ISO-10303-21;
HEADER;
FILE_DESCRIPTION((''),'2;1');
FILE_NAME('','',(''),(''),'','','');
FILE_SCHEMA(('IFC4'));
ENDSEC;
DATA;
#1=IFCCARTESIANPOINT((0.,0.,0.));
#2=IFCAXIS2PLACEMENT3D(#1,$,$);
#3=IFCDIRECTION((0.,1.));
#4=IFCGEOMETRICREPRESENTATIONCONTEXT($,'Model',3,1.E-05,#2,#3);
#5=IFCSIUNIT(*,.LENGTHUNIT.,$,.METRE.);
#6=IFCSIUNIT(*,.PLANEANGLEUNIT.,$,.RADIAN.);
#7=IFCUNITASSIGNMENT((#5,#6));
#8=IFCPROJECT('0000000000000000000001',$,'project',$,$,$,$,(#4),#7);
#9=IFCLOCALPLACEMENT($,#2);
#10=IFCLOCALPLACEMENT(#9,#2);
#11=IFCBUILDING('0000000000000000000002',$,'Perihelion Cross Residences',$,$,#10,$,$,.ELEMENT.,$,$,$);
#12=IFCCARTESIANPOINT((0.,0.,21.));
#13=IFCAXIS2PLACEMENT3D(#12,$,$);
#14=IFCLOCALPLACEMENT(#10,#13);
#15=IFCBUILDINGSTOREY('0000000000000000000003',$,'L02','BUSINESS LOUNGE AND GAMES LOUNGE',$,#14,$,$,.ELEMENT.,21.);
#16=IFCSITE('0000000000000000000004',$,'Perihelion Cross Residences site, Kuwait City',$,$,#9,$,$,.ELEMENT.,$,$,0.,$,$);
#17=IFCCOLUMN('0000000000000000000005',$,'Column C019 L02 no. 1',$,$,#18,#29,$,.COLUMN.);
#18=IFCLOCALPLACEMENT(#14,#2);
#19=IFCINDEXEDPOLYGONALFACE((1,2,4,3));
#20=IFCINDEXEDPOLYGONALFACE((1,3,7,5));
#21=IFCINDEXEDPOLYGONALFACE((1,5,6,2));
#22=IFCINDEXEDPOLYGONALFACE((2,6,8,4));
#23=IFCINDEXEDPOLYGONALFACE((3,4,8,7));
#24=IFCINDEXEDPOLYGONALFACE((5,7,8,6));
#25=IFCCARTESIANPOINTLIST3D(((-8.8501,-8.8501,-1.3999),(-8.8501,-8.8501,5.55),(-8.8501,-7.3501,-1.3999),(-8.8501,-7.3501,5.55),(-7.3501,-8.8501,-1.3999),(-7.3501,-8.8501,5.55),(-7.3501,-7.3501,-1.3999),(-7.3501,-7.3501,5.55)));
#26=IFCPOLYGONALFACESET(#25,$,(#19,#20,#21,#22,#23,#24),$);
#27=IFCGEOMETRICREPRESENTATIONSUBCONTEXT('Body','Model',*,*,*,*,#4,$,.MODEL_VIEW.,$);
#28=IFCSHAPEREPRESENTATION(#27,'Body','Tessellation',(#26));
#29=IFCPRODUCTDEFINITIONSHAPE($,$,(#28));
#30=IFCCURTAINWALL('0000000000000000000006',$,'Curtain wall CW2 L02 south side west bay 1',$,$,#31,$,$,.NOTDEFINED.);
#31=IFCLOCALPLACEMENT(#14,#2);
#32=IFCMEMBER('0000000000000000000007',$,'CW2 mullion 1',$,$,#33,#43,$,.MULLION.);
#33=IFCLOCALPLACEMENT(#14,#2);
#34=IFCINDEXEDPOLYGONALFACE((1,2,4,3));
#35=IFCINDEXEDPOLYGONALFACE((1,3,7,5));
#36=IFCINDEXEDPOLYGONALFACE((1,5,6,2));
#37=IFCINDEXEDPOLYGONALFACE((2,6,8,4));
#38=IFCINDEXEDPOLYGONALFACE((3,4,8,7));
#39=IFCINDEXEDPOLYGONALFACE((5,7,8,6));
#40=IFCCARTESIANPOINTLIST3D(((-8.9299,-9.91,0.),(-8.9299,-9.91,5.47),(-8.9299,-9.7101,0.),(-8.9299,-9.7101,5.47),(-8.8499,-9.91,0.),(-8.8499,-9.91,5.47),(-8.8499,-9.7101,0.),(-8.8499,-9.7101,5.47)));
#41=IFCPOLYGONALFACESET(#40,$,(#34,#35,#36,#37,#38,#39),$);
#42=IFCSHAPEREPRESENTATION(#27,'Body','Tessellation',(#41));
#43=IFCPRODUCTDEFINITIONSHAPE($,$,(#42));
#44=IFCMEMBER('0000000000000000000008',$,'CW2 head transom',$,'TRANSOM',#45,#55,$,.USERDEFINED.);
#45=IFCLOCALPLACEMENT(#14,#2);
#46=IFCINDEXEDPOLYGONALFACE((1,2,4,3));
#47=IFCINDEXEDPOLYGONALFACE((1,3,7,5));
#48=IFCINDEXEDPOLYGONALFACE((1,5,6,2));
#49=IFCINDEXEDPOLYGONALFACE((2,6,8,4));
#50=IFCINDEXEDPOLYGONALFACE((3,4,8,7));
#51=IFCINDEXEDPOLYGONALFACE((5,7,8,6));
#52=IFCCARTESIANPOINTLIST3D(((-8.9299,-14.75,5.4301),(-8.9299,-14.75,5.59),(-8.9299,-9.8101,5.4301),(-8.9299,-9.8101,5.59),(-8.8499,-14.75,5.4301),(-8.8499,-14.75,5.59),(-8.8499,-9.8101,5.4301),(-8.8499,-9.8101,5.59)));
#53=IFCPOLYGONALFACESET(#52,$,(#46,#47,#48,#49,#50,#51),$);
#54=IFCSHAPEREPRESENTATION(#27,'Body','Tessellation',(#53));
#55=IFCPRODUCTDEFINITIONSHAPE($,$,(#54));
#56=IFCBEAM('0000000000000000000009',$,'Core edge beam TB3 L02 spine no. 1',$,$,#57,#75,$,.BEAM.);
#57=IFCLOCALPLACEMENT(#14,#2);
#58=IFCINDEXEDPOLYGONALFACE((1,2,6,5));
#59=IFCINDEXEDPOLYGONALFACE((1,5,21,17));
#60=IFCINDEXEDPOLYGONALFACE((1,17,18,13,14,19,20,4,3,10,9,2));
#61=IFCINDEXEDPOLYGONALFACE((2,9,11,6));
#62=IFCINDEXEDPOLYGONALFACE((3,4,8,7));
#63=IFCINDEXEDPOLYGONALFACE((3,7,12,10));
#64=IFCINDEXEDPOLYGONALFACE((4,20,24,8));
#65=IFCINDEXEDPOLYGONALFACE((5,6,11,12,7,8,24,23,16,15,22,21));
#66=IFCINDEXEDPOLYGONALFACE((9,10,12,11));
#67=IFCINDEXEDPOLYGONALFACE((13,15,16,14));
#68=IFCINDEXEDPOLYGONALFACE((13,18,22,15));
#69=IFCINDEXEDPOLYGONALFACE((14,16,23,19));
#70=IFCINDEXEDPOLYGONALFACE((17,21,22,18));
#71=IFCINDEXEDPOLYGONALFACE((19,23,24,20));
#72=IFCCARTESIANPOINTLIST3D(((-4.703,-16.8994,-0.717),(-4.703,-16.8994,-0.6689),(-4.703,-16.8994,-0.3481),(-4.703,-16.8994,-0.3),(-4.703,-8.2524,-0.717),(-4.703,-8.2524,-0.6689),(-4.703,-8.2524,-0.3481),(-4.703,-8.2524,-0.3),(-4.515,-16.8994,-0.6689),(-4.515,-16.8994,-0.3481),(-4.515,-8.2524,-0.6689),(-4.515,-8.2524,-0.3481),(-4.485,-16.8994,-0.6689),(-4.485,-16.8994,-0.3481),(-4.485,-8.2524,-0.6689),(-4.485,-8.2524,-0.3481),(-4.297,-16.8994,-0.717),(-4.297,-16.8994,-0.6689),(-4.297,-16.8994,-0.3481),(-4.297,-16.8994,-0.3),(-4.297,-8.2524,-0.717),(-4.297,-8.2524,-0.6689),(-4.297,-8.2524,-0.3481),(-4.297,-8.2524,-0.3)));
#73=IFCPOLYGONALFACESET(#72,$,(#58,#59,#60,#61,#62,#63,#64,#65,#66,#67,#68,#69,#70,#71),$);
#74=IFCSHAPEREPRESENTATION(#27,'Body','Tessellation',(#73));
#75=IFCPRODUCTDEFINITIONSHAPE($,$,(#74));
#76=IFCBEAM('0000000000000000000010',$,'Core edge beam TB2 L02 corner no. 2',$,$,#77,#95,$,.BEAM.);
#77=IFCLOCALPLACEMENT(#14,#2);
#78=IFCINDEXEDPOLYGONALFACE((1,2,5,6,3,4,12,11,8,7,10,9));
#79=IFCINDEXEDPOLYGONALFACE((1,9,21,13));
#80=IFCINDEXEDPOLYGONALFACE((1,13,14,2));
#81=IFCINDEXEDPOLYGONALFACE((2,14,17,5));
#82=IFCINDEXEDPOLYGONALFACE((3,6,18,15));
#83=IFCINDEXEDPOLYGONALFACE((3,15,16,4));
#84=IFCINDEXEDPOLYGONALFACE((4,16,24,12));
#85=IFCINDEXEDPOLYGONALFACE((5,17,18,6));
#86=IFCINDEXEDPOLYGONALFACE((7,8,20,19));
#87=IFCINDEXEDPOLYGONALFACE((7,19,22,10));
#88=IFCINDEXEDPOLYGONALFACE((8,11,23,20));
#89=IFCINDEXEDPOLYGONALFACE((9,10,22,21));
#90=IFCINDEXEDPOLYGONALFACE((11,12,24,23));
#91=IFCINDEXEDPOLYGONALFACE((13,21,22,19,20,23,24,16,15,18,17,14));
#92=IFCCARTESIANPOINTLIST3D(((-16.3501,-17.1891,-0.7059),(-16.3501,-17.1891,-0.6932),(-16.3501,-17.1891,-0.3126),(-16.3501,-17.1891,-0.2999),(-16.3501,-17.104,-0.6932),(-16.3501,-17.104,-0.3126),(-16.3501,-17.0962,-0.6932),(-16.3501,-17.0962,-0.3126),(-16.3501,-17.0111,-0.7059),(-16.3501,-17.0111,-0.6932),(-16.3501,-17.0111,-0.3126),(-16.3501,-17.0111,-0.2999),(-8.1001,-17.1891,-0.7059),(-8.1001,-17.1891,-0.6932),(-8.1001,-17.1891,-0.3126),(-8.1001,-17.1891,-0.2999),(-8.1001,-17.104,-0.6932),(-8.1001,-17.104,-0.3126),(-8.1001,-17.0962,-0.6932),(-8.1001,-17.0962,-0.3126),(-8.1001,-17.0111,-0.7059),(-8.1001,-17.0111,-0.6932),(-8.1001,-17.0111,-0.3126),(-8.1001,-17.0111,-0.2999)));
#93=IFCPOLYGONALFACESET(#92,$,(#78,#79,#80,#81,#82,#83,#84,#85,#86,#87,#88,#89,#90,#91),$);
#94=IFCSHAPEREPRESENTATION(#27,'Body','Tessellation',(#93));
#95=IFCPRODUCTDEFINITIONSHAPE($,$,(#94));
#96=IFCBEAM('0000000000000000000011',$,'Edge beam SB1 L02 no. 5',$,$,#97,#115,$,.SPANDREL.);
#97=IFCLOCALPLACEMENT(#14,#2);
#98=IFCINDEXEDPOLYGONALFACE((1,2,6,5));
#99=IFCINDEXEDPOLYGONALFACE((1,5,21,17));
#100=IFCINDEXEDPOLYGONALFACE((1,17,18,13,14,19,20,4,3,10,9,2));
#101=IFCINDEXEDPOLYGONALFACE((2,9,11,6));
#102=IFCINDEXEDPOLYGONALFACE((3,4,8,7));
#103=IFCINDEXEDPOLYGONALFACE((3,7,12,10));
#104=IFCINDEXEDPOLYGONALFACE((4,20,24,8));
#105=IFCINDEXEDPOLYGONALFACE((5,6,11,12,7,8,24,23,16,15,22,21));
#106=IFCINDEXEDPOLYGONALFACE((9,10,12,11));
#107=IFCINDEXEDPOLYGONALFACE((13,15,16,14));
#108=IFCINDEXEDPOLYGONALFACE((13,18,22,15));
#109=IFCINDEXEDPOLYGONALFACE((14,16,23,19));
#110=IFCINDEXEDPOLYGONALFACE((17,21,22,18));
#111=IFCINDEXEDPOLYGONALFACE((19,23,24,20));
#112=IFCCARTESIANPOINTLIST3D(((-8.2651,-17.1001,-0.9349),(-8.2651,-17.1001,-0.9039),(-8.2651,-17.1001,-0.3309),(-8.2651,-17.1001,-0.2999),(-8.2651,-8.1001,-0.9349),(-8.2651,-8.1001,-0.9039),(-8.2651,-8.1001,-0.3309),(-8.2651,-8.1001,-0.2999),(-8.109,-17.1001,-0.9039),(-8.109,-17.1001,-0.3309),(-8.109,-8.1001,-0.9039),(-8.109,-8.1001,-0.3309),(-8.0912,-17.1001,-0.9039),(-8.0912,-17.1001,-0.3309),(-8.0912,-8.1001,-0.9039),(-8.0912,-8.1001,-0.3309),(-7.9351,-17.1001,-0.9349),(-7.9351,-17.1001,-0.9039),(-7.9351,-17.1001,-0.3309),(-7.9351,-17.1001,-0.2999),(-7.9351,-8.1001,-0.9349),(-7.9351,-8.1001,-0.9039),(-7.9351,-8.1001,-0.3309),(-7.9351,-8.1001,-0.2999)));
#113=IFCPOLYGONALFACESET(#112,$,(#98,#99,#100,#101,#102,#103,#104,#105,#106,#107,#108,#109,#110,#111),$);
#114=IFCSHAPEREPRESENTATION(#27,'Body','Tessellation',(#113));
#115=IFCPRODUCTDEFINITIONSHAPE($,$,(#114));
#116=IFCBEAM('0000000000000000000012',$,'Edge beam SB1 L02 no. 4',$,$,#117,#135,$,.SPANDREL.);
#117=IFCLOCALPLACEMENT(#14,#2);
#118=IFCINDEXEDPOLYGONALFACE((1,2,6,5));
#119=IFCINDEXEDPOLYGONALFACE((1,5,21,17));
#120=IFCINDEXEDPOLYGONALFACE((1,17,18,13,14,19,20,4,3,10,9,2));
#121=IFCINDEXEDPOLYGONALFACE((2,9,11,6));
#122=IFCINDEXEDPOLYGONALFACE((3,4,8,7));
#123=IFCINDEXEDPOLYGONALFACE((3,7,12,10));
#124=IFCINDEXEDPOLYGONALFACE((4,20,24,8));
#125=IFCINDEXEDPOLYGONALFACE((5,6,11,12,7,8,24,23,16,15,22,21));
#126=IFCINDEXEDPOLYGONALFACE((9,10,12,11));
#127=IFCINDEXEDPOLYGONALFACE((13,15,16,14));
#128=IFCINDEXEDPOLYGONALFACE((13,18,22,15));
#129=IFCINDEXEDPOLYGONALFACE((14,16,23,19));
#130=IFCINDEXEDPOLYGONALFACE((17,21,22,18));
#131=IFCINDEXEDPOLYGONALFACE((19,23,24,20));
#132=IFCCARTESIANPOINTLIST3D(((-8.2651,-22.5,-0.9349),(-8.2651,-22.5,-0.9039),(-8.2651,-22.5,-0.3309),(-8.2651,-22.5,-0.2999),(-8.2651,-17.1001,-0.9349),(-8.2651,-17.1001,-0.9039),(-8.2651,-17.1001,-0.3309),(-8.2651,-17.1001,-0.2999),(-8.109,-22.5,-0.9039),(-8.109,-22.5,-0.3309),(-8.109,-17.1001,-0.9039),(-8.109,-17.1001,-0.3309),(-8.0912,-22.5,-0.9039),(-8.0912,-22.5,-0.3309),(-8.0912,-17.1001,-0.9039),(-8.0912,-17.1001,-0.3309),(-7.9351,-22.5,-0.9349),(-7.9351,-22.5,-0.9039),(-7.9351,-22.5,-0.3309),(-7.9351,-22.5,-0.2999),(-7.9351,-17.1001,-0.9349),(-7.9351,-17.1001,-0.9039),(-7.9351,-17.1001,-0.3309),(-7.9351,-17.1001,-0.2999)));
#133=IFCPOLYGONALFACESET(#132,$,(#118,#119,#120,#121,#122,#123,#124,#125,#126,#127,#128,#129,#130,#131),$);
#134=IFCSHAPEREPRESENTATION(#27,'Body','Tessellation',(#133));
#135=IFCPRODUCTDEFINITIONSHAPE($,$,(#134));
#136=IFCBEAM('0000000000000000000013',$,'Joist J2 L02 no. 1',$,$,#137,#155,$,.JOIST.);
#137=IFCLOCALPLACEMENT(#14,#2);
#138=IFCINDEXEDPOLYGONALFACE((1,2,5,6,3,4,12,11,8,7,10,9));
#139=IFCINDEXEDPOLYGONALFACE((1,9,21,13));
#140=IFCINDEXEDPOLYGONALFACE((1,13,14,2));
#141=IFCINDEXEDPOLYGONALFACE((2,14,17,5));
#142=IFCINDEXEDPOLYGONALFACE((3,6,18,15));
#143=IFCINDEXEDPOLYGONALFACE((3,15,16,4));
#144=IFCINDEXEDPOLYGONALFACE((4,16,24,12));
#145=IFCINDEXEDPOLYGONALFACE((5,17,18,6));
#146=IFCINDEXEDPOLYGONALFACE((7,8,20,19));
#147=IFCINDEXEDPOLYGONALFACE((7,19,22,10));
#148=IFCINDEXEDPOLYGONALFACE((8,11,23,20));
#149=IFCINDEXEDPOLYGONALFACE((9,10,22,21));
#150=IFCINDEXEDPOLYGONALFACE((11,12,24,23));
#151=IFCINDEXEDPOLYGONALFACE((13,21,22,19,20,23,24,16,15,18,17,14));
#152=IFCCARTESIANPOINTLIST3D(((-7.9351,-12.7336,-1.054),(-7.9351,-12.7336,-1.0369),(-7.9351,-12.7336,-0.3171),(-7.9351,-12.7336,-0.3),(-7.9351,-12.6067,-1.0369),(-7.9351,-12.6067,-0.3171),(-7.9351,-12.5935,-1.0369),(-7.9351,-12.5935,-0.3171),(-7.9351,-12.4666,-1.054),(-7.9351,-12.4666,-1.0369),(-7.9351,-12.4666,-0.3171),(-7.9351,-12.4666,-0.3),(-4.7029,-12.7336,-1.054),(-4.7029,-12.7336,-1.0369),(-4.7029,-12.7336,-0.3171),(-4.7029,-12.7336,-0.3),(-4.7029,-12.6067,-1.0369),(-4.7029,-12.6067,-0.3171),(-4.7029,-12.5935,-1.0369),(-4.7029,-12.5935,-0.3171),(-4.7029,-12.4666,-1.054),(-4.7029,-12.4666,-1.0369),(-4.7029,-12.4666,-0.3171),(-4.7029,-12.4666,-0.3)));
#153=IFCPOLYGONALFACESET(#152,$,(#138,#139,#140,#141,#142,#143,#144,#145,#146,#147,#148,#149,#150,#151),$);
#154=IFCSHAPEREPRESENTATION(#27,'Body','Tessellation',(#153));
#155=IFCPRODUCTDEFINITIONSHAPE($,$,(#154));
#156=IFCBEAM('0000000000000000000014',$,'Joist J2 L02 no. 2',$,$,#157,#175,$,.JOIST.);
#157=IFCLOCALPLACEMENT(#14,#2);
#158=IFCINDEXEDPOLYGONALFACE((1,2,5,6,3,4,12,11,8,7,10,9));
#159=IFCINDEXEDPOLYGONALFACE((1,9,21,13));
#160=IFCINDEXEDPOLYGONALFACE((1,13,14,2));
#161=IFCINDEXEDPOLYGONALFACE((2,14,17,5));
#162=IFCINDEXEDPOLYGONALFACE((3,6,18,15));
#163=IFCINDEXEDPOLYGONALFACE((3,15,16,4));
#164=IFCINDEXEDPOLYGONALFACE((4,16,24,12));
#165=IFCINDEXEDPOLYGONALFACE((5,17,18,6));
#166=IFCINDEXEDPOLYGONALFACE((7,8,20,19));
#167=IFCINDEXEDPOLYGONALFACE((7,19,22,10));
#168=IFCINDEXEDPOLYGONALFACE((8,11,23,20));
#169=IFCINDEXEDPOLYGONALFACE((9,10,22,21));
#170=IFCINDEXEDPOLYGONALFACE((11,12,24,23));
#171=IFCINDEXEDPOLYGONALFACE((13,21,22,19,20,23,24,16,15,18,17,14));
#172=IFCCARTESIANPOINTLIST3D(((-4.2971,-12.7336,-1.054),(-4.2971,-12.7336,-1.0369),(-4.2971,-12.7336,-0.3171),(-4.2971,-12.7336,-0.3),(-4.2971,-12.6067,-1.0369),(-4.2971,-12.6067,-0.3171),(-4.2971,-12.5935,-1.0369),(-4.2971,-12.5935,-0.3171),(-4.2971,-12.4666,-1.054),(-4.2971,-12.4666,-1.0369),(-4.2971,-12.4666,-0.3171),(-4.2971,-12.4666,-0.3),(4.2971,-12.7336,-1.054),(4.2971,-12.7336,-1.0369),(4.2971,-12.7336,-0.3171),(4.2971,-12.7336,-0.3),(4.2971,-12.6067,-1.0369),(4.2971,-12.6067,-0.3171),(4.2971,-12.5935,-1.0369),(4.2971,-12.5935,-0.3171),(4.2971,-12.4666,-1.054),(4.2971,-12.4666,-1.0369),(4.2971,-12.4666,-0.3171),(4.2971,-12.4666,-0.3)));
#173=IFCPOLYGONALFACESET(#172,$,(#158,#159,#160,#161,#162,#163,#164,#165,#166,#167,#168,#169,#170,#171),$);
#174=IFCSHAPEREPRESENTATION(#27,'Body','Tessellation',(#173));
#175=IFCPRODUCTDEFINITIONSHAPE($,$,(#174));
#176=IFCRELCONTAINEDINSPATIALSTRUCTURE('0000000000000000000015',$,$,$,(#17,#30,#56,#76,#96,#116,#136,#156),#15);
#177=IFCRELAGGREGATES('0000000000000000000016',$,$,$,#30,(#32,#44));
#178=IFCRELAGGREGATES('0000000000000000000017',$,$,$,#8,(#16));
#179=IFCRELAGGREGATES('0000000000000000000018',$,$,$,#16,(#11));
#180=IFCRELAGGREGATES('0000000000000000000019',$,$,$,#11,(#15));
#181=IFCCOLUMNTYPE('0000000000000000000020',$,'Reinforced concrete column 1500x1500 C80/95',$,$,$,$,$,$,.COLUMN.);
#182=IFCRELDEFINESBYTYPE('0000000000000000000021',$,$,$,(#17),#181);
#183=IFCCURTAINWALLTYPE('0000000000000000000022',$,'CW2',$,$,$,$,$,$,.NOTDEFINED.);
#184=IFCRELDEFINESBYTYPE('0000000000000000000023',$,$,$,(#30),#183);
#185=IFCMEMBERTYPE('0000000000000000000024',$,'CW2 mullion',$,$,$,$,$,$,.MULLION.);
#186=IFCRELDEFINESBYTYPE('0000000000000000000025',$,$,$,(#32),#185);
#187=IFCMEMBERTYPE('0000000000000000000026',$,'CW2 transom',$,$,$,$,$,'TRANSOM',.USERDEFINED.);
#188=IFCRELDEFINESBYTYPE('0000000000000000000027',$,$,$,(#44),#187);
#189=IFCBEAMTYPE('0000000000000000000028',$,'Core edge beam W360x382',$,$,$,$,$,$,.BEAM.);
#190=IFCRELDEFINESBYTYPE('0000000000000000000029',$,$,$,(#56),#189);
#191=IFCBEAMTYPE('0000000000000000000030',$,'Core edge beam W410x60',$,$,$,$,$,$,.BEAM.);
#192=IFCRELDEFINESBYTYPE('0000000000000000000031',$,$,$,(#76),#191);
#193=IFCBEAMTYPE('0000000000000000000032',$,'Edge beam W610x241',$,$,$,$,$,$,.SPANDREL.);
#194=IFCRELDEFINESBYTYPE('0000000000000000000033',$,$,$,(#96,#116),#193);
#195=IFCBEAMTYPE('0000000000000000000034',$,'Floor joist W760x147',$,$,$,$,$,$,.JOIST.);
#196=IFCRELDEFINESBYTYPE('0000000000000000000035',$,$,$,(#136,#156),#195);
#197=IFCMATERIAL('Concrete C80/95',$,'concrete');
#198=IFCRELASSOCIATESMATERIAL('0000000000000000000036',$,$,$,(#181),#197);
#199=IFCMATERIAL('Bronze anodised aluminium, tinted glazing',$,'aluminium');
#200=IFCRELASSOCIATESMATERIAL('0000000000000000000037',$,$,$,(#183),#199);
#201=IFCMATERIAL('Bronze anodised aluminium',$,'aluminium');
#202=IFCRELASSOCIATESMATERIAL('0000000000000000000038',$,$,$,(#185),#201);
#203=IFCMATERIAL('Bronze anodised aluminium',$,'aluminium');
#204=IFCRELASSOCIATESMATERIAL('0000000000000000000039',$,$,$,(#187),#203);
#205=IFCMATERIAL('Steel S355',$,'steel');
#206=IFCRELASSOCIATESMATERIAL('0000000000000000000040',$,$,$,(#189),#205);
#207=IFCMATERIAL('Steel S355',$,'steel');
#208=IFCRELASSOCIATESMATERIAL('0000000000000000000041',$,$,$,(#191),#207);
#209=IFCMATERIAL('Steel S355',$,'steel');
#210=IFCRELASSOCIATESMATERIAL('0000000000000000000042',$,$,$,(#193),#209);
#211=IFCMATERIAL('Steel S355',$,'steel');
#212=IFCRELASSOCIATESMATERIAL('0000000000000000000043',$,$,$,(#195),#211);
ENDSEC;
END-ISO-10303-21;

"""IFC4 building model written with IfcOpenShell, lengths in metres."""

from ifc_helpers import new_model, si_unit, direction, frame, origin, origin_2d, place, context, subcontext, project, spatial, rectangle, i_section, extrude, material, material_profile, profile_set, type_object, element, aggregate, save


model = new_model("IFC4")

# Units and contexts
model_context = context("Model", 3, precision=1e-05, world=origin(), true_north=direction((0.0, 1.0)))
body_context = subcontext(model_context, "Body", "Model", "MODEL_VIEW")
ifc_project = project(units=[si_unit("LENGTHUNIT", "METRE"), si_unit("PLANEANGLEUNIT", "RADIAN")], contexts=[model_context])

# Site, building, storey
site_placement = place(None, origin())
site = spatial("IfcSite", under=ifc_project, at=site_placement, Name="Perihelion Cross Residences site, Kuwait City", CompositionType="ELEMENT", RefElevation=0.0)
building_placement = place(site_placement, origin())
building = spatial("IfcBuilding", under=site, at=building_placement, Name="Perihelion Cross Residences", CompositionType="ELEMENT")
storey_placement = place(building_placement, frame((0.0, 0.0, 21.0)))
storey = spatial("IfcBuildingStorey", under=building, at=storey_placement, Name="L02", Description="BUSINESS LOUNGE AND GAMES LOUNGE", CompositionType="ELEMENT", Elevation=21.0)

# Column
ifc_material_1 = material(Name="Concrete C80/95", Category="concrete")
ifc_material_profile_1 = material_profile(ifc_material_1, rectangle(XDim=1.5, YDim=1.5, at=origin_2d()), Name="RC 1500x1500")
ifc_profile_set_1 = profile_set([ifc_material_profile_1], Name="Concrete C80/95")
column_type = type_object("IfcColumnType", Name="Reinforced concrete column 1500x1500 C80/95", PredefinedType="COLUMN", material=ifc_profile_set_1)
column_placement = place(storey_placement, frame((-8.1001, -8.1001, -1.3999), z_axis=(0.0, 0.0, 1.0), x_axis=(1.0, 0.0, 0.0)))
element("IfcColumn", 1, at=column_placement, inside=storey, type_object=column_type, Name="Column C019 L02 no. 1", PredefinedType="COLUMN", context=body_context, shape_type="SweptSolid", body=[
    extrude(rectangle(XDim=1.5, YDim=1.5, at=origin_2d()), origin(), (0.0, 0.0, 1.0), 6.95),
])

# Curtain wall, members
ifc_material_2 = material(Name="Bronze anodised aluminium, tinted glazing", Category="aluminium")
curtain_wall_type = type_object("IfcCurtainWallType", Name="CW2", PredefinedType="NOTDEFINED", material=ifc_material_2)
curtain_wall_placement = place(storey_placement, origin())
curtain_wall = element("IfcCurtainWall", 2, at=curtain_wall_placement, inside=storey, type_object=curtain_wall_type, Name="Curtain wall CW2 L02 south side west bay 1", PredefinedType="NOTDEFINED")
ifc_material_3 = material(Name="Bronze anodised aluminium", Category="aluminium")
ifc_material_profile_2 = material_profile(ifc_material_3, rectangle(XDim=0.0801, YDim=0.2, at=origin_2d()), Name="CW2 mullion")
ifc_profile_set_2 = profile_set([ifc_material_profile_2], Name="Bronze anodised aluminium")
member_type_1 = type_object("IfcMemberType", Name="CW2 mullion", PredefinedType="MULLION", material=ifc_profile_set_2)
member_1_placement = place(storey_placement, frame((-8.8899, -9.8101, 0.0), z_axis=(0.0, 0.0, 1.0), x_axis=(1.0, 0.0, 0.0)))
member_1 = element("IfcMember", 3, at=member_1_placement, type_object=member_type_1, Name="CW2 mullion 1", PredefinedType="MULLION", context=body_context, shape_type="SweptSolid", body=[
    extrude(rectangle(XDim=0.0801, YDim=0.2, at=origin_2d()), origin(), (0.0, 0.0, 1.0), 5.47),
])
ifc_material_4 = material(Name="Bronze anodised aluminium", Category="aluminium")
ifc_material_profile_3 = material_profile(ifc_material_4, rectangle(XDim=0.0801, YDim=0.1599, at=origin_2d()), Name="CW2 transom")
ifc_profile_set_3 = profile_set([ifc_material_profile_3], Name="Bronze anodised aluminium")
member_type_2 = type_object("IfcMemberType", Name="CW2 transom", ElementType="TRANSOM", PredefinedType="USERDEFINED", material=ifc_profile_set_3)
member_2_placement = place(storey_placement, frame((-8.8899, -9.8101, 5.51), z_axis=(0.0, -1.0, 0.0), x_axis=(1.0, 0.0, 0.0)))
member_2 = element("IfcMember", 4, at=member_2_placement, type_object=member_type_2, Name="CW2 head transom", ObjectType="TRANSOM", PredefinedType="USERDEFINED", context=body_context, shape_type="SweptSolid", body=[
    extrude(rectangle(XDim=0.0801, YDim=0.1599, at=origin_2d()), origin(), (0.0, 0.0, 1.0), 4.9399),
])

# Beams
ifc_material_5 = material(Name="Steel S355", Category="steel")
ifc_material_profile_4 = material_profile(ifc_material_5, i_section(OverallWidth=0.406, OverallDepth=0.417, WebThickness=0.03, FlangeThickness=0.0481, at=origin_2d()), Name="W360x382")
ifc_profile_set_4 = profile_set([ifc_material_profile_4], Name="Steel S355")
beam_type_1 = type_object("IfcBeamType", Name="Core edge beam W360x382", PredefinedType="BEAM", material=ifc_profile_set_4)
beam_1_placement = place(storey_placement, frame((-4.5, -8.2524, -0.5085), z_axis=(0.0, -1.0, 0.0), x_axis=(1.0, 0.0, 0.0)))
element("IfcBeam", 5, at=beam_1_placement, inside=storey, type_object=beam_type_1, Name="Core edge beam TB3 L02 spine no. 1", PredefinedType="BEAM", context=body_context, shape_type="SweptSolid", body=[
    extrude(i_section(OverallWidth=0.406, OverallDepth=0.417, WebThickness=0.03, FlangeThickness=0.0481, at=origin_2d()), origin(), (0.0, 0.0, 1.0), 8.647),
])
ifc_material_6 = material(Name="Steel S355", Category="steel")
ifc_material_profile_5 = material_profile(ifc_material_6, i_section(OverallWidth=0.178, OverallDepth=0.406, WebThickness=0.0078, FlangeThickness=0.0127, at=origin_2d()), Name="W410x60")
ifc_profile_set_5 = profile_set([ifc_material_profile_5], Name="Steel S355")
beam_type_2 = type_object("IfcBeamType", Name="Core edge beam W410x60", PredefinedType="BEAM", material=ifc_profile_set_5)
beam_2_placement = place(storey_placement, frame((-8.1001, -17.1001, -0.5029), z_axis=(-1.0, 0.0, 0.0), x_axis=(0.0, -1.0, 0.0)))
element("IfcBeam", 6, at=beam_2_placement, inside=storey, type_object=beam_type_2, Name="Core edge beam TB2 L02 corner no. 2", PredefinedType="BEAM", context=body_context, shape_type="SweptSolid", body=[
    extrude(i_section(OverallWidth=0.178, OverallDepth=0.406, WebThickness=0.0078, FlangeThickness=0.0127, at=origin_2d()), origin(), (0.0, 0.0, 1.0), 8.25),
])
ifc_material_7 = material(Name="Steel S355", Category="steel")
ifc_material_profile_6 = material_profile(ifc_material_7, i_section(OverallWidth=0.3301, OverallDepth=0.635, WebThickness=0.0178, FlangeThickness=0.031, at=origin_2d()), Name="W610x241")
ifc_profile_set_6 = profile_set([ifc_material_profile_6], Name="Steel S355")
beam_type_3 = type_object("IfcBeamType", Name="Edge beam W610x241", PredefinedType="SPANDREL", material=ifc_profile_set_6)
beam_3_placement = place(storey_placement, frame((-8.1001, -8.1001, -0.6174), z_axis=(0.0, -1.0, 0.0), x_axis=(1.0, 0.0, 0.0)))
element("IfcBeam", 7, at=beam_3_placement, inside=storey, type_object=beam_type_3, Name="Edge beam SB1 L02 no. 5", PredefinedType="SPANDREL", context=body_context, shape_type="SweptSolid", body=[
    extrude(i_section(OverallWidth=0.3301, OverallDepth=0.635, WebThickness=0.0178, FlangeThickness=0.031, at=origin_2d()), origin(), (0.0, 0.0, 1.0), 9.0),
])
beam_4_placement = place(storey_placement, frame((-8.1001, -17.1001, -0.6174), z_axis=(0.0, -1.0, 0.0), x_axis=(1.0, 0.0, 0.0)))
element("IfcBeam", 8, at=beam_4_placement, inside=storey, type_object=beam_type_3, Name="Edge beam SB1 L02 no. 4", PredefinedType="SPANDREL", context=body_context, shape_type="SweptSolid", body=[
    extrude(i_section(OverallWidth=0.3301, OverallDepth=0.635, WebThickness=0.0178, FlangeThickness=0.031, at=origin_2d()), origin(), (0.0, 0.0, 1.0), 5.3999),
])
ifc_material_8 = material(Name="Steel S355", Category="steel")
ifc_material_profile_7 = material_profile(ifc_material_8, i_section(OverallWidth=0.2671, OverallDepth=0.7539, WebThickness=0.0132, FlangeThickness=0.0171, at=origin_2d()), Name="W760x147")
ifc_profile_set_7 = profile_set([ifc_material_profile_7], Name="Steel S355")
beam_type_4 = type_object("IfcBeamType", Name="Floor joist W760x147", PredefinedType="JOIST", material=ifc_profile_set_7)
beam_5_placement = place(storey_placement, frame((-7.9351, -12.6001, -0.677), z_axis=(1.0, 0.0, 0.0), x_axis=(0.0, 1.0, 0.0)))
element("IfcBeam", 9, at=beam_5_placement, inside=storey, type_object=beam_type_4, Name="Joist J2 L02 no. 1", PredefinedType="JOIST", context=body_context, shape_type="SweptSolid", body=[
    extrude(i_section(OverallWidth=0.2671, OverallDepth=0.7539, WebThickness=0.0132, FlangeThickness=0.0171, at=origin_2d()), origin(), (0.0, 0.0, 1.0), 3.2322),
])
beam_6_placement = place(storey_placement, frame((-4.2971, -12.6001, -0.677), z_axis=(1.0, 0.0, 0.0), x_axis=(0.0, 1.0, 0.0)))
element("IfcBeam", 10, at=beam_6_placement, inside=storey, type_object=beam_type_4, Name="Joist J2 L02 no. 2", PredefinedType="JOIST", context=body_context, shape_type="SweptSolid", body=[
    extrude(i_section(OverallWidth=0.2671, OverallDepth=0.7539, WebThickness=0.0132, FlangeThickness=0.0171, at=origin_2d()), origin(), (0.0, 0.0, 1.0), 8.5942),
])

aggregate(curtain_wall, [member_1, member_2])

save(model, "model.ifc")
